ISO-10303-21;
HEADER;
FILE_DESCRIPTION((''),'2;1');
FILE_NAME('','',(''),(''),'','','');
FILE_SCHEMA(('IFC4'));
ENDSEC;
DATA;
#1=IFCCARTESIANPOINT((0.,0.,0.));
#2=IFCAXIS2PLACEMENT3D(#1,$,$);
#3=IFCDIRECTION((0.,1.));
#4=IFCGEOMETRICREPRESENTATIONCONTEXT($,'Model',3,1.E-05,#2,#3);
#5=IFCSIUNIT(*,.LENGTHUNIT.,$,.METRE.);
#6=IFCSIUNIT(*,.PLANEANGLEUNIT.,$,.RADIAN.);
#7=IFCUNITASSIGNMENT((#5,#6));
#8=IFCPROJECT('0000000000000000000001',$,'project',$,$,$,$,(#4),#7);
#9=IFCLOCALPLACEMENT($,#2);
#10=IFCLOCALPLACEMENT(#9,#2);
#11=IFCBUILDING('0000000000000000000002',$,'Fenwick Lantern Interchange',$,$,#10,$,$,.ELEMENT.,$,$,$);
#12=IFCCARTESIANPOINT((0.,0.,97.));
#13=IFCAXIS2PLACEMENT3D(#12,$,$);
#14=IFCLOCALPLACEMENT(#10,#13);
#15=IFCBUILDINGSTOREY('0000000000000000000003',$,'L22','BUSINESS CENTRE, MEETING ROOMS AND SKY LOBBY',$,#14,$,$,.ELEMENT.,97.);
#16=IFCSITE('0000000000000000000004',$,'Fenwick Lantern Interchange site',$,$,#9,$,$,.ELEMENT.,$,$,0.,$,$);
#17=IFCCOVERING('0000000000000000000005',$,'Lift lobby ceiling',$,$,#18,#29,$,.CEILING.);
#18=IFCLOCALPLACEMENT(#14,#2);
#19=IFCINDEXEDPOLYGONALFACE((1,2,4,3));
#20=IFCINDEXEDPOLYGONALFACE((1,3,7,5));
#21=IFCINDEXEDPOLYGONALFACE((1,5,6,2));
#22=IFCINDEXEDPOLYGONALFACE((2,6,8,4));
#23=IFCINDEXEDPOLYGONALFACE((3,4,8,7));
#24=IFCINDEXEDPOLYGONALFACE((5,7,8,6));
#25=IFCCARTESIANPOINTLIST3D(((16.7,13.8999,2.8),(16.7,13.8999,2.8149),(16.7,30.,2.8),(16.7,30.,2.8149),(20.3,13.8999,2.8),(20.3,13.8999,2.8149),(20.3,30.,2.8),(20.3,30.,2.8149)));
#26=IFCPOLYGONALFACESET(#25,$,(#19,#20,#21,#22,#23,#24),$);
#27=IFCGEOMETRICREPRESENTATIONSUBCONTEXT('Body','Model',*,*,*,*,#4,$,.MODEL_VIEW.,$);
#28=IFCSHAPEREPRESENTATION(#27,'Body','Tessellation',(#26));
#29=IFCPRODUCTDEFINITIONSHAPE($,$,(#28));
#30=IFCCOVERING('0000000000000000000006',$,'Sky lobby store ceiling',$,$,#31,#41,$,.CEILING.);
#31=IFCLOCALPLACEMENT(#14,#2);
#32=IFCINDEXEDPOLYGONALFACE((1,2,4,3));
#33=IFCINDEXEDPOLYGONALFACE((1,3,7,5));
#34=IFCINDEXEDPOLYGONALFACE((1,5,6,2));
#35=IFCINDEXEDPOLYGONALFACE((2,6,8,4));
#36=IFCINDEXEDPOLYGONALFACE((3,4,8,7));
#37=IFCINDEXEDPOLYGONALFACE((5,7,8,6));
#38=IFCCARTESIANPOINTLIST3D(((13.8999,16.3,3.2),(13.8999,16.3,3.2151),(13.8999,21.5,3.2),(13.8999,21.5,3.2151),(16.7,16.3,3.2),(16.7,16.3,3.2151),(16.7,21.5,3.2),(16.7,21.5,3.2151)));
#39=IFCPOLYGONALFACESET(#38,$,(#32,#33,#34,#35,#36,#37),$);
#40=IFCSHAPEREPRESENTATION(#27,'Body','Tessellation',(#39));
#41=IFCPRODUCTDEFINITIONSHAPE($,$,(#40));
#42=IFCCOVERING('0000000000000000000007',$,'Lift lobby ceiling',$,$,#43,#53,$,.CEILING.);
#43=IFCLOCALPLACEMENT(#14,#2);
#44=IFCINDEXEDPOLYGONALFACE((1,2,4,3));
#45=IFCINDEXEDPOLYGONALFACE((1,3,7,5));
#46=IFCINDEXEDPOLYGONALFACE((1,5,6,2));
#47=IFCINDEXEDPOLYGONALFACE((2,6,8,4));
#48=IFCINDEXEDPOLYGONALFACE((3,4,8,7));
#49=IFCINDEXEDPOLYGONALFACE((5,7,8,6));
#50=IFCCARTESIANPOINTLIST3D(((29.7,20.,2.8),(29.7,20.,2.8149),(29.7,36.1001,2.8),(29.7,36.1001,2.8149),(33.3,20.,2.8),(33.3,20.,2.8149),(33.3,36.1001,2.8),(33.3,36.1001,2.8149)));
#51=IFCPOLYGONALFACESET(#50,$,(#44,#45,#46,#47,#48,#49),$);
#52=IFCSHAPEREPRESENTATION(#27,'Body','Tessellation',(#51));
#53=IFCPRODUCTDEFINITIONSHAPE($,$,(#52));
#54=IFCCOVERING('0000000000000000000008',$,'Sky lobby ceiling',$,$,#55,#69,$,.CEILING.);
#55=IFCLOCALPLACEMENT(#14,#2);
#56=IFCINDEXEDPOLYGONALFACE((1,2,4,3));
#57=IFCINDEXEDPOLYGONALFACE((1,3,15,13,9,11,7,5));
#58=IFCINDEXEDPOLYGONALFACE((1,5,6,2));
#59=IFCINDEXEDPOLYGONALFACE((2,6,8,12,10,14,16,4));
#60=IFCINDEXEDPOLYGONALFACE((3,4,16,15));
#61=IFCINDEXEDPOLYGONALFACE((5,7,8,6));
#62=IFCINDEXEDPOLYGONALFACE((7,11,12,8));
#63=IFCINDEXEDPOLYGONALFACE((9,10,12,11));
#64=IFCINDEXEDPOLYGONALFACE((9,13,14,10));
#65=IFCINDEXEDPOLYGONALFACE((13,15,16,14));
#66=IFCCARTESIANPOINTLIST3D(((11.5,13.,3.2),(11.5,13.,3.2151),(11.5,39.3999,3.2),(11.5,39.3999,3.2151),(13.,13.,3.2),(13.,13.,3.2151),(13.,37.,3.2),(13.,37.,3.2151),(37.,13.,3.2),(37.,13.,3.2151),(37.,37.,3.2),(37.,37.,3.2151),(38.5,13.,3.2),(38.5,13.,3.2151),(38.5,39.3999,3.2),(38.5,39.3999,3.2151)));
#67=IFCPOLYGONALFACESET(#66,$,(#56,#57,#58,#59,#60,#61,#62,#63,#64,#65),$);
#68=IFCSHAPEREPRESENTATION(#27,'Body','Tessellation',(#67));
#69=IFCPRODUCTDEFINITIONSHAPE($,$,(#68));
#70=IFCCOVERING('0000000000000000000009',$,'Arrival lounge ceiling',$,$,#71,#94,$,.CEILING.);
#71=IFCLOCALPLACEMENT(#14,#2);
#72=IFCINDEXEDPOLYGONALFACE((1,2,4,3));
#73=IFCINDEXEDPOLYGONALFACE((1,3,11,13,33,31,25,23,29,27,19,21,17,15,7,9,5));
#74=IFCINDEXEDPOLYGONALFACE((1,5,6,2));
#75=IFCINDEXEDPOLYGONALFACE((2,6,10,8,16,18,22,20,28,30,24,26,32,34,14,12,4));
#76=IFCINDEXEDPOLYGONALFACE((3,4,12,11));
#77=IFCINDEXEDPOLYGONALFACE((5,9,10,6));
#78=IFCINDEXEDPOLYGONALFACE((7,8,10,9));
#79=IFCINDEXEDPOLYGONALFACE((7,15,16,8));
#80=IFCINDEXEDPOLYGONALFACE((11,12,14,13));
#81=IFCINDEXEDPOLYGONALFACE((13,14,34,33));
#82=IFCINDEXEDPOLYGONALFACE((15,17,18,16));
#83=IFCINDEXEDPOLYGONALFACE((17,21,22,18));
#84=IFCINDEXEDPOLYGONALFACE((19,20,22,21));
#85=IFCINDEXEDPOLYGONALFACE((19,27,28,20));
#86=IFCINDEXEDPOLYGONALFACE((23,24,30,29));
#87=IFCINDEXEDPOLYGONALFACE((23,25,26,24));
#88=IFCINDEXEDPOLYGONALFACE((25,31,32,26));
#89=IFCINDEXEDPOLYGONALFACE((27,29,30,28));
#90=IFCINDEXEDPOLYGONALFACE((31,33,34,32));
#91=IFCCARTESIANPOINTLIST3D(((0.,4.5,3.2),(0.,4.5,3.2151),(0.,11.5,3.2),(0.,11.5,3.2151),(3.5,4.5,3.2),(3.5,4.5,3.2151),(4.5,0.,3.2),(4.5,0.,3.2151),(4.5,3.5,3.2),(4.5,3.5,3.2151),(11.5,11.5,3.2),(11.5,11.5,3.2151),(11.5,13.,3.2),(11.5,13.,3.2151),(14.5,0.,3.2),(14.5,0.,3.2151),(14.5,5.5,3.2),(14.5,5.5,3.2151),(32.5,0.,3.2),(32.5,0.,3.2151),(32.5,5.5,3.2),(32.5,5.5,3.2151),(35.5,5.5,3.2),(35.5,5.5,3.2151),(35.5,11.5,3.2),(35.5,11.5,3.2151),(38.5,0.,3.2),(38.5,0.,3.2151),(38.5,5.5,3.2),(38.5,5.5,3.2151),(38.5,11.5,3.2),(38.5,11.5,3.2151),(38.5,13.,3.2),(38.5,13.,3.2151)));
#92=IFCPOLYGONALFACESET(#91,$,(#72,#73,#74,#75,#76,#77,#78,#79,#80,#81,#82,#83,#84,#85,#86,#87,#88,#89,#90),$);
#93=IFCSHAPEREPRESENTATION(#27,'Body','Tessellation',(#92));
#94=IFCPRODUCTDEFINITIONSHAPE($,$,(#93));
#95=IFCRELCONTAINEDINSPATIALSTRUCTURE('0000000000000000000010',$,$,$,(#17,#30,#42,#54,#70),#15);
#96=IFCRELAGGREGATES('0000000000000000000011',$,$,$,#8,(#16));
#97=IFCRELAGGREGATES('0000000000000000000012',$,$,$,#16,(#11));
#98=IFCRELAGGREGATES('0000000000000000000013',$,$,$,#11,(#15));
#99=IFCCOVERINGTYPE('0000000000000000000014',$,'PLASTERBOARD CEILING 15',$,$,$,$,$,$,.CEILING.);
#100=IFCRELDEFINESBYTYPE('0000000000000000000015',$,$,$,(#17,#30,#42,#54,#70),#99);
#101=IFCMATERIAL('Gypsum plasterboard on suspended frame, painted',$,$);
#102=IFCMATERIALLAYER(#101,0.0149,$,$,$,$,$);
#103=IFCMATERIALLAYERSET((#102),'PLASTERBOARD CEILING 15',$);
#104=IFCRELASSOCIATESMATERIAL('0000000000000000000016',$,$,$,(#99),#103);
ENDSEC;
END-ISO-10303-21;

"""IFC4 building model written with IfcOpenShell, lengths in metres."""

from ifc_helpers import new_model, si_unit, direction, frame, origin, place, context, subcontext, project, spatial, polyline, outline, extrude, material, layer, layer_set, type_object, element, save


model = new_model("IFC4")

# Units and contexts
model_context = context("Model", 3, precision=1e-05, world=origin(), true_north=direction((0.0, 1.0)))
body_context = subcontext(model_context, "Body", "Model", "MODEL_VIEW")
ifc_project = project(units=[si_unit("LENGTHUNIT", "METRE"), si_unit("PLANEANGLEUNIT", "RADIAN")], contexts=[model_context])

# Site, building, storey
site_placement = place(None, origin())
site = spatial("IfcSite", under=ifc_project, at=site_placement, Name="Fenwick Lantern Interchange site", CompositionType="ELEMENT", RefElevation=0.0)
building_placement = place(site_placement, origin())
building = spatial("IfcBuilding", under=site, at=building_placement, Name="Fenwick Lantern Interchange", CompositionType="ELEMENT")
storey_placement = place(building_placement, frame((0.0, 0.0, 97.0)))
storey = spatial("IfcBuildingStorey", under=building, at=storey_placement, Name="L22", Description="BUSINESS CENTRE, MEETING ROOMS AND SKY LOBBY", CompositionType="ELEMENT", Elevation=97.0)

# Coverings
ifc_material_1 = material(Name="Gypsum plasterboard on suspended frame, painted")
ifc_layer_1 = layer(ifc_material_1, 0.0149)
ifc_layer_set_1 = layer_set([ifc_layer_1], Name="PLASTERBOARD CEILING 15")
covering_type_1 = type_object("IfcCoveringType", Name="PLASTERBOARD CEILING 15", PredefinedType="CEILING", material=ifc_layer_set_1)
covering_1_placement = place(storey_placement, frame((0.0, 0.0, 2.8)))
element("IfcCovering", 1, at=covering_1_placement, inside=storey, type_object=covering_type_1, Name="Lift lobby ceiling", PredefinedType="CEILING", context=body_context, shape_type="SweptSolid", body=[
    extrude(outline(polyline([(16.7, 13.8999), (20.3, 13.8999), (20.3, 30.0), (16.7, 30.0), (16.7, 13.8999)])), origin(), (0.0, 0.0, 1.0), 0.0149),
])
covering_2_placement = place(storey_placement, frame((0.0, 0.0, 3.2)))
element("IfcCovering", 2, at=covering_2_placement, inside=storey, type_object=covering_type_1, Name="Sky lobby store ceiling", PredefinedType="CEILING", context=body_context, shape_type="SweptSolid", body=[
    extrude(outline(polyline([(13.8999, 16.3), (16.7, 16.3), (16.7, 21.5), (13.8999, 21.5), (13.8999, 16.3)])), origin(), (0.0, 0.0, 1.0), 0.0151),
])
covering_3_placement = place(storey_placement, frame((0.0, 0.0, 2.8)))
element("IfcCovering", 3, at=covering_3_placement, inside=storey, type_object=covering_type_1, Name="Lift lobby ceiling", PredefinedType="CEILING", context=body_context, shape_type="SweptSolid", body=[
    extrude(outline(polyline([(33.3, 36.1001), (29.7, 36.1001), (29.7, 20.0), (33.3, 20.0), (33.3, 36.1001)])), origin(), (0.0, 0.0, 1.0), 0.0149),
])
covering_4_placement = place(storey_placement, frame((0.0, 0.0, 3.2)))
element("IfcCovering", 4, at=covering_4_placement, inside=storey, type_object=covering_type_1, Name="Sky lobby ceiling", PredefinedType="CEILING", context=body_context, shape_type="SweptSolid", body=[
    extrude(outline(polyline([(11.5, 39.3999), (11.5, 13.0), (13.0, 13.0), (13.0, 37.0), (37.0, 37.0), (37.0, 13.0), (38.5, 13.0), (38.5, 39.3999), (11.5, 39.3999)])), origin(), (0.0, 0.0, 1.0), 0.0151),
])
covering_5_placement = place(storey_placement, frame((0.0, 0.0, 3.2)))
element("IfcCovering", 5, at=covering_5_placement, inside=storey, type_object=covering_type_1, Name="Arrival lounge ceiling", PredefinedType="CEILING", context=body_context, shape_type="SweptSolid", body=[
    extrude(outline(polyline([(32.5, 0.0), (38.5, 0.0), (38.5, 5.5), (35.5, 5.5), (35.5, 11.5), (38.5, 11.5), (38.5, 13.0), (11.5, 13.0), (11.5, 11.5), (0.0, 11.5), (0.0, 4.5), (3.5, 4.5), (4.5, 3.5), (4.5, 0.0), (14.5, 0.0), (14.5, 5.5), (32.5, 5.5), (32.5, 0.0)])), origin(), (0.0, 0.0, 1.0), 0.0151),
])

save(model, "model.ifc")
